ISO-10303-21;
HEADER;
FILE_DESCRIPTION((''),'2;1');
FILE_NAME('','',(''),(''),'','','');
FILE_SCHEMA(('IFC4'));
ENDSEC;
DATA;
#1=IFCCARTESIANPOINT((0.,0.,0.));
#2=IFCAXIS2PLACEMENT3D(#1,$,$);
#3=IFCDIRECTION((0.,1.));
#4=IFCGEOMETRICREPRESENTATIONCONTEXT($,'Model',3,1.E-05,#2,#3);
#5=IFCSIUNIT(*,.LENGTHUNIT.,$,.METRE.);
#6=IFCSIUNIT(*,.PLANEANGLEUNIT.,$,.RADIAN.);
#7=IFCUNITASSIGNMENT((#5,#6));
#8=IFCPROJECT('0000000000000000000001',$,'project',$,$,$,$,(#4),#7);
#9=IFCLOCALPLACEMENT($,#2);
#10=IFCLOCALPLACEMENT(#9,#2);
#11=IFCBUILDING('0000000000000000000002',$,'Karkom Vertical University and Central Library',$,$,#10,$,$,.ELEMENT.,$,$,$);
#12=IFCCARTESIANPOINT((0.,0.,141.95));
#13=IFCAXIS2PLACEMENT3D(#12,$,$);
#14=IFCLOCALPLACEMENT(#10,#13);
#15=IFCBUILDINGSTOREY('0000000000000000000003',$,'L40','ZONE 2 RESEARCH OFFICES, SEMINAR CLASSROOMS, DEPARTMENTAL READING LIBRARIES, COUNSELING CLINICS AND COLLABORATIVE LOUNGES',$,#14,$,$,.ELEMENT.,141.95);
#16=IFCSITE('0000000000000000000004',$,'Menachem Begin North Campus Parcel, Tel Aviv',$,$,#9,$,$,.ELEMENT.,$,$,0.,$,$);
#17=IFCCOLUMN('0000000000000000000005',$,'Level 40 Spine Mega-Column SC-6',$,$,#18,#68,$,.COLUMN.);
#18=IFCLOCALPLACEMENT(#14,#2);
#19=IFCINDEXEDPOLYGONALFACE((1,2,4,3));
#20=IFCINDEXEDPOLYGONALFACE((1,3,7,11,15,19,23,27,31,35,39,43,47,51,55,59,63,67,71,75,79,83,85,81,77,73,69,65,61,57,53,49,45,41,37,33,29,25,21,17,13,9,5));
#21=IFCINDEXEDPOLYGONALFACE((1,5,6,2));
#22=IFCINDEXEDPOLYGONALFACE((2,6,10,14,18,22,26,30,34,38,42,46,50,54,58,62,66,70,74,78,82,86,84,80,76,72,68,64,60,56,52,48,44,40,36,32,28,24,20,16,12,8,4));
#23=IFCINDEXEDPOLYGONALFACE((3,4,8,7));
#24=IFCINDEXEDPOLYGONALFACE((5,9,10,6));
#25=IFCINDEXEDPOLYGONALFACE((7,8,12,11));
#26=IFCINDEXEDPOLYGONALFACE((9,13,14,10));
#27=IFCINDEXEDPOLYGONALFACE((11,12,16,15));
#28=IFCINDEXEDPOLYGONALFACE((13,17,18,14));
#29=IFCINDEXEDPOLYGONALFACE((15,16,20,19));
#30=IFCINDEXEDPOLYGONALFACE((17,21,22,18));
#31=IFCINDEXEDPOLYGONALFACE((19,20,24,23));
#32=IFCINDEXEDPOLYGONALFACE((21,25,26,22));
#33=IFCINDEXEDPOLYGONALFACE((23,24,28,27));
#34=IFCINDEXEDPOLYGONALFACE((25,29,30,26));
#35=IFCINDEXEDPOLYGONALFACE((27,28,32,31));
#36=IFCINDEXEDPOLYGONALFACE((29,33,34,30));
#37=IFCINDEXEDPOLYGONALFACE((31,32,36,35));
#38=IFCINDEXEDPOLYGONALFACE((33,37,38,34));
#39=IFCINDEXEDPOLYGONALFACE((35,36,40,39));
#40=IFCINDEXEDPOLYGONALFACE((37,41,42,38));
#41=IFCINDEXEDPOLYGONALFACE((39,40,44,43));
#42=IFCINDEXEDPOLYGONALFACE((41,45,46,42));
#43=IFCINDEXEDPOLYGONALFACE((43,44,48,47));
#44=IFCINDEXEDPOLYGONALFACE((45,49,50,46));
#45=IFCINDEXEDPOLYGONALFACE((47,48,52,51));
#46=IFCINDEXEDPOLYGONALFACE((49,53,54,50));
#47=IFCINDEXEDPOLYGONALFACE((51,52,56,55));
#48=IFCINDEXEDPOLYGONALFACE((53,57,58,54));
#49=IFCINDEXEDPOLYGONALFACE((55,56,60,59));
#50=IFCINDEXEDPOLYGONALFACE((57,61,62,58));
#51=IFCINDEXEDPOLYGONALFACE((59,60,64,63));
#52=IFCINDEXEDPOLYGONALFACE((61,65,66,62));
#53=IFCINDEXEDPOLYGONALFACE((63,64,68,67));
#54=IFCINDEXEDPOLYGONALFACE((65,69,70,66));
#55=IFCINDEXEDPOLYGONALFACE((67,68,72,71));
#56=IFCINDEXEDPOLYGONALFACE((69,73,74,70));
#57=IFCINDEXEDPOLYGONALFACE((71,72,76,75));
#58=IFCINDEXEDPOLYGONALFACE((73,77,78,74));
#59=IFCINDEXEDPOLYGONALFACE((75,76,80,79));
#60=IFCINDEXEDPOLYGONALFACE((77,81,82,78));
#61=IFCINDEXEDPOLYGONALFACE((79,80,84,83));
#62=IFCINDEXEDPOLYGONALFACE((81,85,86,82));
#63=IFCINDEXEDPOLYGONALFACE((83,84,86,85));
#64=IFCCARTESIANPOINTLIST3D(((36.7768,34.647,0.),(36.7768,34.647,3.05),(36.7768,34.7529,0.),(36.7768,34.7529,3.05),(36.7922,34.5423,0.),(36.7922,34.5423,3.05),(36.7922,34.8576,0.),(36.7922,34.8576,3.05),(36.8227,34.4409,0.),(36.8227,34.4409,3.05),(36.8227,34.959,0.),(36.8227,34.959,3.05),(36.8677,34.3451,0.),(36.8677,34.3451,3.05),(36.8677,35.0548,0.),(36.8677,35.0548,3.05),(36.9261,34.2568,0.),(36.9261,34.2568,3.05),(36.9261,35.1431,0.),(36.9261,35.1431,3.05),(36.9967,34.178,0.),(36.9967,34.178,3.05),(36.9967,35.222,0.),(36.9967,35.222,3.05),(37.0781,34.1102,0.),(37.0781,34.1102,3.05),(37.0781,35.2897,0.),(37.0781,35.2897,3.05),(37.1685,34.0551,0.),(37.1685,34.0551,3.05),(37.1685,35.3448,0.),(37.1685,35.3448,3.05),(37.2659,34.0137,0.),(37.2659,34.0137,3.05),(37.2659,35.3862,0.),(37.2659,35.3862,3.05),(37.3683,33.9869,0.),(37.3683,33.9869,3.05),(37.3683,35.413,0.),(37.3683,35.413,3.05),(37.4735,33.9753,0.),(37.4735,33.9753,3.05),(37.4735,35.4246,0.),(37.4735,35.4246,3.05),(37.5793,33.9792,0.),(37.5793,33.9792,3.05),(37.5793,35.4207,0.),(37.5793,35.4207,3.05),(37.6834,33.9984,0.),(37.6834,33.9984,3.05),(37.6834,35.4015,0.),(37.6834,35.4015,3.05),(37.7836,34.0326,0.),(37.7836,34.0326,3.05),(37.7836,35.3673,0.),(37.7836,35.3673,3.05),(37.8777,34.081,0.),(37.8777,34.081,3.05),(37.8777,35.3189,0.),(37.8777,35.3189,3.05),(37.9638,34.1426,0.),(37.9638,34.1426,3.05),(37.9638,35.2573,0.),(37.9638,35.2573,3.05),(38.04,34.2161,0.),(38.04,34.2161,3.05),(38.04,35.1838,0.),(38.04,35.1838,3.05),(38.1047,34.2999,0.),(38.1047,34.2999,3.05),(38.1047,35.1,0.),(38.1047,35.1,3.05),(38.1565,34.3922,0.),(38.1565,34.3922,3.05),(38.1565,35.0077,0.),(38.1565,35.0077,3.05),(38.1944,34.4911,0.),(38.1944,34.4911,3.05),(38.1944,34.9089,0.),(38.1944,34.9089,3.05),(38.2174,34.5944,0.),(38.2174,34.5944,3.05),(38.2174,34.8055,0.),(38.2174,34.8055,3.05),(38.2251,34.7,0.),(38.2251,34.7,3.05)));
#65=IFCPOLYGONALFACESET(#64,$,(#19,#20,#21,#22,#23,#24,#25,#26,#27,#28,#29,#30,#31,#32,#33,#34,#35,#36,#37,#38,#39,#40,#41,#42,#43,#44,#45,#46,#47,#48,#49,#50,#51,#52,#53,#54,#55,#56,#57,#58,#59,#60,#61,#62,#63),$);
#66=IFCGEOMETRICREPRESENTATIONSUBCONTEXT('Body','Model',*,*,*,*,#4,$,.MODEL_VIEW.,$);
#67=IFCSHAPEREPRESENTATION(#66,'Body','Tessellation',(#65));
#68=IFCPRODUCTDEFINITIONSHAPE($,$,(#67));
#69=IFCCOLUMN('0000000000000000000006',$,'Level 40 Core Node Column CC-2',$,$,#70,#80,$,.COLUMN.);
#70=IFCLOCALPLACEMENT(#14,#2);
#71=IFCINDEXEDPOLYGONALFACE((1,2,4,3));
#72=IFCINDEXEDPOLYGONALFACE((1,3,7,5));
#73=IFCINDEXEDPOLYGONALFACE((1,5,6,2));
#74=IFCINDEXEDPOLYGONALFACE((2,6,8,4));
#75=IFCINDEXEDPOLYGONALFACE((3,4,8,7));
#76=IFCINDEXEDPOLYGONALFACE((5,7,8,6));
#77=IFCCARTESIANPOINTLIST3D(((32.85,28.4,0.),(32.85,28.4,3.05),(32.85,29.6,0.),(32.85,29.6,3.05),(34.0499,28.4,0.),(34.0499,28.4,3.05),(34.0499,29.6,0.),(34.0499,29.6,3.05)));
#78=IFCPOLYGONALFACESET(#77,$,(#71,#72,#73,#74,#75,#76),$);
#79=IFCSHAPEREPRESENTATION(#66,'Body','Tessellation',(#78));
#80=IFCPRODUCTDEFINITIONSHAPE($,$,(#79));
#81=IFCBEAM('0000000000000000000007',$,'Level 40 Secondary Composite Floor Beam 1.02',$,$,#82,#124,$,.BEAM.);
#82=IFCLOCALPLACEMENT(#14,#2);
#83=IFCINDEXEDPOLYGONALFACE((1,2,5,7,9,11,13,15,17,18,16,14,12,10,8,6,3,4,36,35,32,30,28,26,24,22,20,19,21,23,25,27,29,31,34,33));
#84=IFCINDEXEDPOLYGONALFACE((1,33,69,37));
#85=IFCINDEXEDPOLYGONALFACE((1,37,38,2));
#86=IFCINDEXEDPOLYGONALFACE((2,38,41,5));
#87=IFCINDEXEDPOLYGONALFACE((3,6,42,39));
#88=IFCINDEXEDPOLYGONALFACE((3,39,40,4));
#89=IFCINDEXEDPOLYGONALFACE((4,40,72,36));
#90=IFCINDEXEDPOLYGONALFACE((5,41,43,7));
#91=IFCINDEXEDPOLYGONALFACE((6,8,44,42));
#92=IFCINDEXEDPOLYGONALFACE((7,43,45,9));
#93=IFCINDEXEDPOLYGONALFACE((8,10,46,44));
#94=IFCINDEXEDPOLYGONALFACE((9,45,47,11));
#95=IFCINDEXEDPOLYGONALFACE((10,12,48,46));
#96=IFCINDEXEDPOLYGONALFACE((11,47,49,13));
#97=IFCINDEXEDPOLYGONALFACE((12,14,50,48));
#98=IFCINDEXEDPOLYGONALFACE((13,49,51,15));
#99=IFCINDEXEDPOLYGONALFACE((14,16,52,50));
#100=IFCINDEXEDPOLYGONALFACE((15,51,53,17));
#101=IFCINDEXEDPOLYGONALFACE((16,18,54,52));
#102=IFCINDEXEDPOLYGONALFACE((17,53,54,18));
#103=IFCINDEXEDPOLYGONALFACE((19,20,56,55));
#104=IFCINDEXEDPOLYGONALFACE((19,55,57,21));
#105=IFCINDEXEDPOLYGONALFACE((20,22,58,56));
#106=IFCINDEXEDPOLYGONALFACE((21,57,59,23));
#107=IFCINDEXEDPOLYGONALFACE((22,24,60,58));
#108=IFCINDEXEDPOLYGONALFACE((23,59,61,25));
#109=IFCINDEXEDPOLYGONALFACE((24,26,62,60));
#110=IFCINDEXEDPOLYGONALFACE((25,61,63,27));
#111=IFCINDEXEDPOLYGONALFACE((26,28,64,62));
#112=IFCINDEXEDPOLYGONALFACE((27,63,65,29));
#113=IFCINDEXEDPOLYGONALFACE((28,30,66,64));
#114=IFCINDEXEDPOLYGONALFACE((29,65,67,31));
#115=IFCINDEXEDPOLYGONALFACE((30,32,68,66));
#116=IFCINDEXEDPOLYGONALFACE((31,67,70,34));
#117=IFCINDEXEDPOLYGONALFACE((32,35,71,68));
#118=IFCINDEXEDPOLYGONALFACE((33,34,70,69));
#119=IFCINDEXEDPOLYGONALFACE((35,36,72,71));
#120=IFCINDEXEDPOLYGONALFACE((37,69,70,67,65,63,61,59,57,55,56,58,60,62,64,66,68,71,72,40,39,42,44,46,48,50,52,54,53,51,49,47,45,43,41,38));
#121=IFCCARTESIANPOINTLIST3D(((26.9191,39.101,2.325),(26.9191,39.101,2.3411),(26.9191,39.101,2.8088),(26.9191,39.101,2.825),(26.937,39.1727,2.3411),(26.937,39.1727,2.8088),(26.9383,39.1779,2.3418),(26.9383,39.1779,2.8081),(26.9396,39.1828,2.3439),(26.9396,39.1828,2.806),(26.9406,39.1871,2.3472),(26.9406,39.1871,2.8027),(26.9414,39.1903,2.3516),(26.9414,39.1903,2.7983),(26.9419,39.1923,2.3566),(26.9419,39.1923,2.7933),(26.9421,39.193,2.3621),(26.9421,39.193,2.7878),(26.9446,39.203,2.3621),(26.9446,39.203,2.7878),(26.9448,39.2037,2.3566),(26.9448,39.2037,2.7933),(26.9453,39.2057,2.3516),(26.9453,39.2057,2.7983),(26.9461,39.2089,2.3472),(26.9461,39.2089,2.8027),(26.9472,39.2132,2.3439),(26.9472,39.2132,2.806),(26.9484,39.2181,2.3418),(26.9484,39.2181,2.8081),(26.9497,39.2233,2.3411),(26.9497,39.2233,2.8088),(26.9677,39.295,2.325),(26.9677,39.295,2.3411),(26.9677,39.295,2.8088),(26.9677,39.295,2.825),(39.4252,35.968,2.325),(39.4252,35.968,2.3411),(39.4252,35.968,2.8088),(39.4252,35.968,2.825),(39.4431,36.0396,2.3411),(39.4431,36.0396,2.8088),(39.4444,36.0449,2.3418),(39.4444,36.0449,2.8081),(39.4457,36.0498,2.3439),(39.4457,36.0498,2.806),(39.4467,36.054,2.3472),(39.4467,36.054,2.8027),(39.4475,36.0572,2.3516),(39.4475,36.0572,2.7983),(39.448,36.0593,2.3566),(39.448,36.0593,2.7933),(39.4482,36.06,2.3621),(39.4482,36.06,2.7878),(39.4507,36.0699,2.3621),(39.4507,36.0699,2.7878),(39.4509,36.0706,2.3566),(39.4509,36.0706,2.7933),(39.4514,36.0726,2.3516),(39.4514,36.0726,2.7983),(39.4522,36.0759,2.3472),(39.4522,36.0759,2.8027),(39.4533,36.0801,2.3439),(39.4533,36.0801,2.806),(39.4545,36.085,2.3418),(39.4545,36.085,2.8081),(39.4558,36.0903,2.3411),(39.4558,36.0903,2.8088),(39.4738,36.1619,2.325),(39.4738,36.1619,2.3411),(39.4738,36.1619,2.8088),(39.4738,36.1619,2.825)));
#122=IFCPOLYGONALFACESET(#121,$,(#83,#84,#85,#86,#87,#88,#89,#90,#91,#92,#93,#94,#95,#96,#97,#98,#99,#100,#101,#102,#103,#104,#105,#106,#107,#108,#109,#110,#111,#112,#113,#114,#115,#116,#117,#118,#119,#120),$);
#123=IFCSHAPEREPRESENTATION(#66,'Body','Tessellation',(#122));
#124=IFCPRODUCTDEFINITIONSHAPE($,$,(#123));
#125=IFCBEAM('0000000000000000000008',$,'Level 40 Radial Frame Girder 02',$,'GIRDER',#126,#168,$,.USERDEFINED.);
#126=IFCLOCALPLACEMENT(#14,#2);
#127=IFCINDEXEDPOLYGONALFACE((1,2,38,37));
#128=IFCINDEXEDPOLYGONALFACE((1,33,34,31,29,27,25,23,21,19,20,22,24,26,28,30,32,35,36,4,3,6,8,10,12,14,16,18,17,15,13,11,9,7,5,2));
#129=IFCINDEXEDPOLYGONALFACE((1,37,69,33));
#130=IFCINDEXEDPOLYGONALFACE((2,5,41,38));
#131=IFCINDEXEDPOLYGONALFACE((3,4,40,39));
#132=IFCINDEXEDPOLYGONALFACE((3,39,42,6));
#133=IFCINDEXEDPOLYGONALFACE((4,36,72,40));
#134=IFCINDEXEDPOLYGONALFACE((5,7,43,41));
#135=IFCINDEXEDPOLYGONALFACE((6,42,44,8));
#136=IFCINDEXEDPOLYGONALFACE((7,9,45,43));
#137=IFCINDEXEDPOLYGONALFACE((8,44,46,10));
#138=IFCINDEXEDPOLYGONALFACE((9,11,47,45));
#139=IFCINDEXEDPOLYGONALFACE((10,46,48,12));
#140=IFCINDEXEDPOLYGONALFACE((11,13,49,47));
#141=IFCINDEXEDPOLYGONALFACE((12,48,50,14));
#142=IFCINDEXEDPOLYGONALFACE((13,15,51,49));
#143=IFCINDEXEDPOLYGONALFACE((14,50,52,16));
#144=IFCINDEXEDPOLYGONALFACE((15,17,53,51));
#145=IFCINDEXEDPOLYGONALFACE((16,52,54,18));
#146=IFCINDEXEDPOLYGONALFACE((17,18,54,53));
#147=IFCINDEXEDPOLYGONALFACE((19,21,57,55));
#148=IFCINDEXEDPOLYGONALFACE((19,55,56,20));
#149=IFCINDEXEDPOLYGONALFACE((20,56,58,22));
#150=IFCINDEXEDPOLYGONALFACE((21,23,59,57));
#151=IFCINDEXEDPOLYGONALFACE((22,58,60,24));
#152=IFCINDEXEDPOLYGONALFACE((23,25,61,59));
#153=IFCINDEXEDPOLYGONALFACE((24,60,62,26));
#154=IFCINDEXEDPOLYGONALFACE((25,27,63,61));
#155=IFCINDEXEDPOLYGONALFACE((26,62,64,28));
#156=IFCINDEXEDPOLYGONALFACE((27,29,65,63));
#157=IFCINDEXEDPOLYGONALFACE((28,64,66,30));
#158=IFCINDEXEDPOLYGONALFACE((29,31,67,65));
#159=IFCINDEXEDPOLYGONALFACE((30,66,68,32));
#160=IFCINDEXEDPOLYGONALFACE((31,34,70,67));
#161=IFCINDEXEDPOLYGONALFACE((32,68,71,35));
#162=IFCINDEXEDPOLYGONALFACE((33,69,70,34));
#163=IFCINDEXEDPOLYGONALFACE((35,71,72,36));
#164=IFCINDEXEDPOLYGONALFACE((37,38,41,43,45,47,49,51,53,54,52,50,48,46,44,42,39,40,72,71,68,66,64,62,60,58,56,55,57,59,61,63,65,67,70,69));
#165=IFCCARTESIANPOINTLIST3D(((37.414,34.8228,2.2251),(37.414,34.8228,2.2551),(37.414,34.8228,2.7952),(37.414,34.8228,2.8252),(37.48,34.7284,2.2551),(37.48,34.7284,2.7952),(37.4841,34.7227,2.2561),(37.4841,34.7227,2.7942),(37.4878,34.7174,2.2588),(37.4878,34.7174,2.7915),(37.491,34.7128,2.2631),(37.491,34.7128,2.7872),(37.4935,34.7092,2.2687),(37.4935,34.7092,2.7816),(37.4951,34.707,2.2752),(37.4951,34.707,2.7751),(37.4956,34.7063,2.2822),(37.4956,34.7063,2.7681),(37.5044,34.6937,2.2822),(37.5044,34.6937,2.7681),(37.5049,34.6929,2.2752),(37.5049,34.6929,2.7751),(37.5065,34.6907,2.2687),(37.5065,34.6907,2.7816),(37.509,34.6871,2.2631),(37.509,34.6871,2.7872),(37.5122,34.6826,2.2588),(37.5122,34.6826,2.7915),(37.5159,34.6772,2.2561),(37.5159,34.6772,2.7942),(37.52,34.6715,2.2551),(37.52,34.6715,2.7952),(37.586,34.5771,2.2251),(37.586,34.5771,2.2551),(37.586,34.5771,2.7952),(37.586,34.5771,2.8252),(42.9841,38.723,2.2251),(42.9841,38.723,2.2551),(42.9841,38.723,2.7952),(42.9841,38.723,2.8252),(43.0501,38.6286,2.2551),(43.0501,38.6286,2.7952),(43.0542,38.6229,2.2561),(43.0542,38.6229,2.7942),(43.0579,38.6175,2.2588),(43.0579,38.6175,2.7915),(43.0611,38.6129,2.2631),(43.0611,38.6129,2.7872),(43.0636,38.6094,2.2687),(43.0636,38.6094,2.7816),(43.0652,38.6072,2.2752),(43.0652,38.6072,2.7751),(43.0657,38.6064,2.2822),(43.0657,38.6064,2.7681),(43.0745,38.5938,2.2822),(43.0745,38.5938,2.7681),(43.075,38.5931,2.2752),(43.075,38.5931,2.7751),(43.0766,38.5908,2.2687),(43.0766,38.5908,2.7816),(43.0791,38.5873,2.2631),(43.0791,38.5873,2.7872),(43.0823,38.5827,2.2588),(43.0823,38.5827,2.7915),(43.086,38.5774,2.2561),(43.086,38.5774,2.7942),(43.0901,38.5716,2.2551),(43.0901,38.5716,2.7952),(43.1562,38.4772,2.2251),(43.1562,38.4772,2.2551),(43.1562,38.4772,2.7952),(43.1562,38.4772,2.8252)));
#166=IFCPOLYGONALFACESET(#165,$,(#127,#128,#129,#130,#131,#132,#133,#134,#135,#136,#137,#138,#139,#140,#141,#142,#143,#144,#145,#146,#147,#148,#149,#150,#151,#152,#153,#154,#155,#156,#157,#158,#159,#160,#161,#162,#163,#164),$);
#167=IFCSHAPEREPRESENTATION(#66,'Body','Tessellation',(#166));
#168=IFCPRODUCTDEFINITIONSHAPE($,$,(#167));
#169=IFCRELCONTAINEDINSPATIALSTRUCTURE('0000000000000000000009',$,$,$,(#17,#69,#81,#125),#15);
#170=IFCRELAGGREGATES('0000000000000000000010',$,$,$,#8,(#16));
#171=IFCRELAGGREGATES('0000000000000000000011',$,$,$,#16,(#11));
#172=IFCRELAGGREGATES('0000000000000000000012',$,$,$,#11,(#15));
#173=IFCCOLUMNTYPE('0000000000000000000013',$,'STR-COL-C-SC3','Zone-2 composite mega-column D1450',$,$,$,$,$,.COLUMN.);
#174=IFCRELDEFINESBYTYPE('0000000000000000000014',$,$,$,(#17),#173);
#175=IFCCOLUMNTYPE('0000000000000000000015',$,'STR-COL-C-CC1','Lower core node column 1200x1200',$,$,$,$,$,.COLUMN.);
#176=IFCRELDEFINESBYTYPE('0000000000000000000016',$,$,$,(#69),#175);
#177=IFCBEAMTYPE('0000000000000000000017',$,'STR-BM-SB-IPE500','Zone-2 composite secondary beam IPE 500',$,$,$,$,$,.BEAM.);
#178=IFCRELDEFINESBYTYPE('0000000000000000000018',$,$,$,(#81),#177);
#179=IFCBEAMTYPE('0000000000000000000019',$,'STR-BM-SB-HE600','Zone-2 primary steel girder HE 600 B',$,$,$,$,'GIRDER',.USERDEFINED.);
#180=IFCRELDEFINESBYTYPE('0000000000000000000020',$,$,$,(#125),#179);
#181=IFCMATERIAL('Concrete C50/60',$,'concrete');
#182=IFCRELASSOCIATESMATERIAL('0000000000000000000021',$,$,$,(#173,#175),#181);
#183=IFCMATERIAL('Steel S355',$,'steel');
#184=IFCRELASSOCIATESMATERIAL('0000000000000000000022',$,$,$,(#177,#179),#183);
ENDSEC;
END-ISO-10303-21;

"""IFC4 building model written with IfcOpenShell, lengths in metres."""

from ifc_helpers import new_model, si_unit, direction, frame, origin, origin_with_axes, origin_2d, place, context, subcontext, project, spatial, rectangle, circle, i_section, extrude, source, transform, mapped, material, material_profile, profile_set, type_object, element, save


model = new_model("IFC4")

# Units and contexts
model_context = context("Model", 3, precision=1e-05, world=origin(), true_north=direction((0.0, 1.0)))
body_context = subcontext(model_context, "Body", "Model", "MODEL_VIEW")
ifc_project = project(units=[si_unit("LENGTHUNIT", "METRE"), si_unit("PLANEANGLEUNIT", "RADIAN")], contexts=[model_context])

# Site, building, storey
site_placement = place(None, origin())
site = spatial("IfcSite", under=ifc_project, at=site_placement, Name="Menachem Begin North Campus Parcel, Tel Aviv", CompositionType="ELEMENT", RefElevation=0.0)
building_placement = place(site_placement, origin())
building = spatial("IfcBuilding", under=site, at=building_placement, Name="Karkom Vertical University and Central Library", CompositionType="ELEMENT")
storey_placement = place(building_placement, frame((0.0, 0.0, 141.95)))
storey = spatial("IfcBuildingStorey", under=building, at=storey_placement, Name="L40", Description="ZONE 2 RESEARCH OFFICES, SEMINAR CLASSROOMS, DEPARTMENTAL READING LIBRARIES, COUNSELING CLINICS AND COLLABORATIVE LOUNGES", CompositionType="ELEMENT", Elevation=141.95)

# Columns
ifc_material_1 = material(Name="Concrete C50/60", Category="concrete")
ifc_material_profile_1 = material_profile(ifc_material_1, circle(Radius=0.7251, at=origin_2d()), Name="CFT-D1450")
ifc_profile_set_1 = profile_set([ifc_material_profile_1], Name="Concrete C50/60")
column_type_1 = type_object("IfcColumnType", Name="STR-COL-C-SC3", Description="Zone-2 composite mega-column D1450", PredefinedType="COLUMN", material=ifc_profile_set_1)
shared_shape_1 = source(origin_with_axes(), body_context, "Body", "SweptSolid", [
    extrude(circle(Radius=0.7251, at=origin_2d()), origin(), (0.0, 0.0, 1.0), 3.05),
])
column_1_placement = place(storey_placement, frame((37.5, 34.7, 0.0), z_axis=(0.0, 0.0, 1.0), x_axis=(1.0, 0.0, 0.0)))
element("IfcColumn", 1, at=column_1_placement, inside=storey, type_object=column_type_1, Name="Level 40 Spine Mega-Column SC-6", PredefinedType="COLUMN", context=body_context, shape_type="MappedRepresentation", body=[
    mapped(shared_shape_1, transform((0.0, 0.0, 0.0), scale=1.0)),
])
ifc_material_profile_2 = material_profile(ifc_material_1, rectangle(XDim=1.2, YDim=1.2, at=origin_2d()), Name="RC-1200x1200")
ifc_profile_set_2 = profile_set([ifc_material_profile_2], Name="Concrete C50/60")
column_type_2 = type_object("IfcColumnType", Name="STR-COL-C-CC1", Description="Lower core node column 1200x1200", PredefinedType="COLUMN", material=ifc_profile_set_2)
shared_shape_2 = source(origin_with_axes(), body_context, "Body", "SweptSolid", [
    extrude(rectangle(XDim=1.2, YDim=1.2, at=origin_2d()), origin(), (0.0, 0.0, 1.0), 3.05),
])
column_2_placement = place(storey_placement, frame((33.45, 29.0, 0.0), z_axis=(0.0, 0.0, 1.0), x_axis=(1.0, 0.0, 0.0)))
element("IfcColumn", 2, at=column_2_placement, inside=storey, type_object=column_type_2, Name="Level 40 Core Node Column CC-2", PredefinedType="COLUMN", context=body_context, shape_type="MappedRepresentation", body=[
    mapped(shared_shape_2, transform((0.0, 0.0, 0.0), scale=1.0)),
])

# Beams
ifc_material_2 = material(Name="Steel S355", Category="steel")
ifc_material_profile_3 = material_profile(ifc_material_2, i_section(OverallWidth=0.2, OverallDepth=0.5, WebThickness=0.0103, FlangeThickness=0.0161, FilletRadius=0.021, at=origin_2d()), Name="IPE 500")
ifc_profile_set_3 = profile_set([ifc_material_profile_3], Name="Steel S355")
beam_type_1 = type_object("IfcBeamType", Name="STR-BM-SB-IPE500", Description="Zone-2 composite secondary beam IPE 500", PredefinedType="BEAM", material=ifc_profile_set_3)
shared_shape_3 = source(origin_with_axes(), body_context, "Body", "SweptSolid", [
    extrude(i_section(OverallWidth=0.2, OverallDepth=0.5, WebThickness=0.0103, FlangeThickness=0.0161, FilletRadius=0.021, at=origin_2d()), origin(), (0.0, 0.0, 1.0), 12.8926),
])
beam_1_placement = place(storey_placement, frame((39.4495, 36.0649, 2.575), z_axis=(-0.970023, 0.243012, 0.0), x_axis=(-0.243012, -0.970023, 0.0)))
element("IfcBeam", 3, at=beam_1_placement, inside=storey, type_object=beam_type_1, Name="Level 40 Secondary Composite Floor Beam 1.02", PredefinedType="BEAM", context=body_context, shape_type="MappedRepresentation", body=[
    mapped(shared_shape_3, transform((0.0, 0.0, 0.0), scale=1.0)),
])
ifc_material_profile_4 = material_profile(ifc_material_2, i_section(OverallWidth=0.3, OverallDepth=0.6001, WebThickness=0.0154, FlangeThickness=0.03, FilletRadius=0.0271, at=origin_2d()), Name="HE 600 B")
ifc_profile_set_4 = profile_set([ifc_material_profile_4], Name="Steel S355")
beam_type_2 = type_object("IfcBeamType", Name="STR-BM-SB-HE600", Description="Zone-2 primary steel girder HE 600 B", ElementType="GIRDER", PredefinedType="USERDEFINED", material=ifc_profile_set_4)
shared_shape_4 = source(origin_with_axes(), body_context, "Body", "SweptSolid", [
    extrude(i_section(OverallWidth=0.3, OverallDepth=0.6001, WebThickness=0.0154, FlangeThickness=0.03, FilletRadius=0.0271, at=origin_2d()), origin(), (0.0, 0.0, 1.0), 6.7998),
])
beam_2_placement = place(storey_placement, frame((37.5, 34.7, 2.5251), z_axis=(0.819156, 0.573571, 0.0), x_axis=(-0.573571, 0.819156, 0.0)))
element("IfcBeam", 4, at=beam_2_placement, inside=storey, type_object=beam_type_2, Name="Level 40 Radial Frame Girder 02", ObjectType="GIRDER", PredefinedType="USERDEFINED", context=body_context, shape_type="MappedRepresentation", body=[
    mapped(shared_shape_4, transform((0.0, 0.0, 0.0), scale=1.0)),
])

save(model, "model.ifc")
